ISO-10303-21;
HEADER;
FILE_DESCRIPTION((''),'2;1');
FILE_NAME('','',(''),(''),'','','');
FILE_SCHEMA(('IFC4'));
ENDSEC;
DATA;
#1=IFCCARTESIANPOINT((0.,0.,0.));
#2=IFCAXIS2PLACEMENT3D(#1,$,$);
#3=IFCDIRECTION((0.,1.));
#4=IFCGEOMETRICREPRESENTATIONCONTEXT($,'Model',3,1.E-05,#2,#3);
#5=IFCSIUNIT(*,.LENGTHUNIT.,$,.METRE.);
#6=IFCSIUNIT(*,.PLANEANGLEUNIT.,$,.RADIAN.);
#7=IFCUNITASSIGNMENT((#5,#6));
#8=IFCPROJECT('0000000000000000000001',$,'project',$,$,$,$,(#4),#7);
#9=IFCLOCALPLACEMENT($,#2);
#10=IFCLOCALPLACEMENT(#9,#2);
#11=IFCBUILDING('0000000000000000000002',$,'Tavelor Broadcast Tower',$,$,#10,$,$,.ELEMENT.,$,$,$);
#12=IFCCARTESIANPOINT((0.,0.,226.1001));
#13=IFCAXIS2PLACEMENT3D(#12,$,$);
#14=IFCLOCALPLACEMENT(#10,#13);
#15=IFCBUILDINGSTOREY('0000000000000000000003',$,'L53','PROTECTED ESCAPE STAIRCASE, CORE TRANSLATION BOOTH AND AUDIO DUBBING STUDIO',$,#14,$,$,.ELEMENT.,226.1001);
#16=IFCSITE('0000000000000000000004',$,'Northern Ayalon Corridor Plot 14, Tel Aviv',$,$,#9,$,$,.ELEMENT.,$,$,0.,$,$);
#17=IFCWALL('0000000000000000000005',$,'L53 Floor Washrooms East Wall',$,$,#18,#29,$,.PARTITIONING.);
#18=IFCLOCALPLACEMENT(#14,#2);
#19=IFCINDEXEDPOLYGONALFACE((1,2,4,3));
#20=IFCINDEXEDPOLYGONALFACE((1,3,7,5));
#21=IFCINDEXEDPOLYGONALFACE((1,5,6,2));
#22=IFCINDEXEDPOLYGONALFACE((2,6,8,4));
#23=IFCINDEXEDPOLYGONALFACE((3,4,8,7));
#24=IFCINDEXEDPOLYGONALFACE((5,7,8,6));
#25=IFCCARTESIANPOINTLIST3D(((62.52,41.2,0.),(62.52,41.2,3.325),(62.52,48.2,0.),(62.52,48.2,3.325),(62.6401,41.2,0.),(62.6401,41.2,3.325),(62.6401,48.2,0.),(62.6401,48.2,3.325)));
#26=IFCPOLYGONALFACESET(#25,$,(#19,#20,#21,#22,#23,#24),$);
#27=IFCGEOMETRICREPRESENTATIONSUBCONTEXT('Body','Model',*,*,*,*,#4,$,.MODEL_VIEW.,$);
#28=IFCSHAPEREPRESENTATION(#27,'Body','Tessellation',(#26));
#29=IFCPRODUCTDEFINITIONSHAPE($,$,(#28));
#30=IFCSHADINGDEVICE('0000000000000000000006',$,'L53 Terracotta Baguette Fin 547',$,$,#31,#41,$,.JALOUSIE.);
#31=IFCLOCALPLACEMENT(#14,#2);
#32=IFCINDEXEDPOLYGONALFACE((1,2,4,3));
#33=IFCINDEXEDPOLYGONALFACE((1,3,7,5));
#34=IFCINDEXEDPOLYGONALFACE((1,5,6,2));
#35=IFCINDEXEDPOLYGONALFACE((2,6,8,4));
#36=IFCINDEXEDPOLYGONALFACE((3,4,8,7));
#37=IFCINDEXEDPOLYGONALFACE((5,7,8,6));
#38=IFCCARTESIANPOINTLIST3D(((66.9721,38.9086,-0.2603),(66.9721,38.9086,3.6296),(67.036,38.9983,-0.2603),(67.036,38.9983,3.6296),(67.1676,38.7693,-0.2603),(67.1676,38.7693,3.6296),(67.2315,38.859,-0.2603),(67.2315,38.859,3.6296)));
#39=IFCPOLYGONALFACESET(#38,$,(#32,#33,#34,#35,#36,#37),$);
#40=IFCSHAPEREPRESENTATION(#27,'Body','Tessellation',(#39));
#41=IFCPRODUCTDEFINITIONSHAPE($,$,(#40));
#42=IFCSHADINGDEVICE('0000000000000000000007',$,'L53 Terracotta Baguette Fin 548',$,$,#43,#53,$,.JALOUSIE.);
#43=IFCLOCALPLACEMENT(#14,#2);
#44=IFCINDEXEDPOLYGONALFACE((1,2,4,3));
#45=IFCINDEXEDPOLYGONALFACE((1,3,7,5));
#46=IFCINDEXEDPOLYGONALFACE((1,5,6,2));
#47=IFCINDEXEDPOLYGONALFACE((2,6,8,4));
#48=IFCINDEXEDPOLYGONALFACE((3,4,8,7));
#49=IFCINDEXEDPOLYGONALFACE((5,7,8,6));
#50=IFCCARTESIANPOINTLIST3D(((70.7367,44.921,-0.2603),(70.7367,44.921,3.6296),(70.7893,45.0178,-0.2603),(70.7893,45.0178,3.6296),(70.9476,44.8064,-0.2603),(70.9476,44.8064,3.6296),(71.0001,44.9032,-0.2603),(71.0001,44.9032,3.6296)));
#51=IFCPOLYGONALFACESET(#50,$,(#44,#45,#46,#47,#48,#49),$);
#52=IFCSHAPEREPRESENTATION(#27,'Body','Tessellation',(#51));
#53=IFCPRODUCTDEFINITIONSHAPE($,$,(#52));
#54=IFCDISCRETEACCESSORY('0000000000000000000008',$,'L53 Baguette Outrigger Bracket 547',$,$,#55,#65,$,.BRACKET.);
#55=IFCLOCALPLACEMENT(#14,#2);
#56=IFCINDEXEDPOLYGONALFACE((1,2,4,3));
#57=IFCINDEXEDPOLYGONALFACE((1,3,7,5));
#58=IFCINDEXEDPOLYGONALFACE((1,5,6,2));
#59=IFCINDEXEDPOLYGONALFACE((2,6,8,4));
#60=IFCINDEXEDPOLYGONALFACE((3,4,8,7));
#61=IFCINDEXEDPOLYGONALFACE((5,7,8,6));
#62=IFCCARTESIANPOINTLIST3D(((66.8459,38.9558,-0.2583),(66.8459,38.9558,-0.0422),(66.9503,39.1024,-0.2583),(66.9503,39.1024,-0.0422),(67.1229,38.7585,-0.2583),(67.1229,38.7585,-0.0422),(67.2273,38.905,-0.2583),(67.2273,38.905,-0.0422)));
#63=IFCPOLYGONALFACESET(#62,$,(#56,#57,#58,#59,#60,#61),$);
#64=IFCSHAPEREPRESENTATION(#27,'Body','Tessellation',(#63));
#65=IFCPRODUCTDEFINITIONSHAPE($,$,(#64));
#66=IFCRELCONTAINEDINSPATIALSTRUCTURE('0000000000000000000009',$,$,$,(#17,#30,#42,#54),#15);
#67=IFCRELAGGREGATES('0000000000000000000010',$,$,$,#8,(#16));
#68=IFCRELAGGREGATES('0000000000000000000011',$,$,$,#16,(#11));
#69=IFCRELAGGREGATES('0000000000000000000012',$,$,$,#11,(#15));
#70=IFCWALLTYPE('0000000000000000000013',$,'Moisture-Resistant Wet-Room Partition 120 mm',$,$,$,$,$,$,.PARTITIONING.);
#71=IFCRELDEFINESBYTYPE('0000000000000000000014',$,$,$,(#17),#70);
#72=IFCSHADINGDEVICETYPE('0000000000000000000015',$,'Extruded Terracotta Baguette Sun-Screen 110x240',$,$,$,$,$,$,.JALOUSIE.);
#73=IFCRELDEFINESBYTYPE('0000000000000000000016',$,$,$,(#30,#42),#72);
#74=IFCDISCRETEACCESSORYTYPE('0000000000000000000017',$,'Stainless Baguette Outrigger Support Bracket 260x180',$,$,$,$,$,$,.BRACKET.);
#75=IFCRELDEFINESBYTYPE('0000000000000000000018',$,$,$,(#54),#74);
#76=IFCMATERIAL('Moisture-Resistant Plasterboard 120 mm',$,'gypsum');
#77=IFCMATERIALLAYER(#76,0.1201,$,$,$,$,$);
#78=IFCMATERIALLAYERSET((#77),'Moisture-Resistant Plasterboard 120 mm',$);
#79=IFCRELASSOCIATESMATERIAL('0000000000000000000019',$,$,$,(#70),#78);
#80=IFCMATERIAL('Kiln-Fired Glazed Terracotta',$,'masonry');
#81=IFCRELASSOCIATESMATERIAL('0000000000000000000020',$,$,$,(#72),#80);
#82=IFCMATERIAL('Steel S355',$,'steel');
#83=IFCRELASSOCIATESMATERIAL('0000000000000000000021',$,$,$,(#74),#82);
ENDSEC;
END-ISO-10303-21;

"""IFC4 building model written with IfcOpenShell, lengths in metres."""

from ifc_helpers import new_model, si_unit, direction, frame, frame_2d, origin, origin_2d, place, context, subcontext, project, spatial, rectangle, extrude, source, transform, mapped, material, layer, layer_set, type_object, type_shapes, element, save


model = new_model("IFC4")

# Units and contexts
model_context = context("Model", 3, precision=1e-05, world=origin(), true_north=direction((0.0, 1.0)))
body_context = subcontext(model_context, "Body", "Model", "MODEL_VIEW")
ifc_project = project(units=[si_unit("LENGTHUNIT", "METRE"), si_unit("PLANEANGLEUNIT", "RADIAN")], contexts=[model_context])

# Site, building, storey
site_placement = place(None, origin())
site = spatial("IfcSite", under=ifc_project, at=site_placement, Name="Northern Ayalon Corridor Plot 14, Tel Aviv", CompositionType="ELEMENT", RefElevation=0.0)
building_placement = place(site_placement, origin())
building = spatial("IfcBuilding", under=site, at=building_placement, Name="Tavelor Broadcast Tower", CompositionType="ELEMENT")
storey_placement = place(building_placement, frame((0.0, 0.0, 226.1001)))
storey = spatial("IfcBuildingStorey", under=building, at=storey_placement, Name="L53", Description="PROTECTED ESCAPE STAIRCASE, CORE TRANSLATION BOOTH AND AUDIO DUBBING STUDIO", CompositionType="ELEMENT", Elevation=226.1001)

# Shared definitions
ifc_material_1 = material(Name="Steel S355", Category="steel")

# Shared definitions
ifc_material_2 = material(Name="Moisture-Resistant Plasterboard 120 mm", Category="gypsum")
ifc_layer_1 = layer(ifc_material_2, 0.1201)
ifc_layer_set_1 = layer_set([ifc_layer_1], Name="Moisture-Resistant Plasterboard 120 mm")
wall_type_1 = type_object("IfcWallType", Name="Moisture-Resistant Wet-Room Partition 120 mm", PredefinedType="PARTITIONING", material=ifc_layer_set_1)

# Wall
wall_1_placement = place(storey_placement, frame((62.5801, 41.2, 0.0), z_axis=(0.0, 0.0, 1.0), x_axis=(0.0, 1.0, 0.0)))
element("IfcWall", 1, at=wall_1_placement, inside=storey, type_object=wall_type_1, Name="L53 Floor Washrooms East Wall", PredefinedType="PARTITIONING", context=body_context, shape_type="SweptSolid", body=[
    extrude(rectangle(XDim=7.0, YDim=0.1201, at=frame_2d((3.5, 0.0))), origin(), (0.0, 0.0, 1.0), 3.325),
])

# Shading devices
ifc_material_3 = material(Name="Kiln-Fired Glazed Terracotta", Category="masonry")
shading_device_type = type_object("IfcShadingDeviceType", Name="Extruded Terracotta Baguette Sun-Screen 110x240", PredefinedType="JALOUSIE", material=ifc_material_3)
shared_shape_1 = source(origin(), body_context, "Body", "SweptSolid", [
    extrude(rectangle(XDim=0.1101, YDim=0.24, at=origin_2d()), origin(), (0.0, 0.0, 1.0), 3.8899),
])
type_shapes(shading_device_type, [shared_shape_1])
for number, where, z_axis, x_axis, name in (
    (2, (67.1018, 38.8838, -0.2603), (0.0, 0.0, 1.0), (0.580277, 0.814419, 0.0), "L53 Terracotta Baguette Fin 547"),
    (3, (70.8684, 44.9121, -0.2603), (0.0, 0.0, 1.0), (0.477465, 0.87865, 0.0), "L53 Terracotta Baguette Fin 548"),
):
    element("IfcShadingDevice", number, at=place(storey_placement, frame(where, z_axis=z_axis, x_axis=x_axis)), inside=storey, type_object=shading_device_type, Name=name, PredefinedType="JALOUSIE", context=body_context, shape_type="MappedRepresentation", body=[
        mapped(shared_shape_1, transform((0.0, 0.0, 0.0), scale=1.0)),
    ])

# Discrete accessory
discrete_accessory_type = type_object("IfcDiscreteAccessoryType", Name="Stainless Baguette Outrigger Support Bracket 260x180", PredefinedType="BRACKET", material=ifc_material_1)
shared_shape_2 = source(origin(), body_context, "Body", "SweptSolid", [
    extrude(rectangle(XDim=0.1799, YDim=0.3401, at=origin_2d()), origin(), (0.0, 0.0, 1.0), 0.2161),
])
type_shapes(discrete_accessory_type, [shared_shape_2])
discrete_accessory_placement = place(storey_placement, frame((67.0366, 38.9304, -0.2583), z_axis=(0.0, 0.0, 1.0), x_axis=(0.580277, 0.814419, 0.0)))
element("IfcDiscreteAccessory", 4, at=discrete_accessory_placement, inside=storey, type_object=discrete_accessory_type, Name="L53 Baguette Outrigger Bracket 547", PredefinedType="BRACKET", context=body_context, shape_type="MappedRepresentation", body=[
    mapped(shared_shape_2, transform((0.0, 0.0, 0.0), scale=1.0)),
])

save(model, "model.ifc")
